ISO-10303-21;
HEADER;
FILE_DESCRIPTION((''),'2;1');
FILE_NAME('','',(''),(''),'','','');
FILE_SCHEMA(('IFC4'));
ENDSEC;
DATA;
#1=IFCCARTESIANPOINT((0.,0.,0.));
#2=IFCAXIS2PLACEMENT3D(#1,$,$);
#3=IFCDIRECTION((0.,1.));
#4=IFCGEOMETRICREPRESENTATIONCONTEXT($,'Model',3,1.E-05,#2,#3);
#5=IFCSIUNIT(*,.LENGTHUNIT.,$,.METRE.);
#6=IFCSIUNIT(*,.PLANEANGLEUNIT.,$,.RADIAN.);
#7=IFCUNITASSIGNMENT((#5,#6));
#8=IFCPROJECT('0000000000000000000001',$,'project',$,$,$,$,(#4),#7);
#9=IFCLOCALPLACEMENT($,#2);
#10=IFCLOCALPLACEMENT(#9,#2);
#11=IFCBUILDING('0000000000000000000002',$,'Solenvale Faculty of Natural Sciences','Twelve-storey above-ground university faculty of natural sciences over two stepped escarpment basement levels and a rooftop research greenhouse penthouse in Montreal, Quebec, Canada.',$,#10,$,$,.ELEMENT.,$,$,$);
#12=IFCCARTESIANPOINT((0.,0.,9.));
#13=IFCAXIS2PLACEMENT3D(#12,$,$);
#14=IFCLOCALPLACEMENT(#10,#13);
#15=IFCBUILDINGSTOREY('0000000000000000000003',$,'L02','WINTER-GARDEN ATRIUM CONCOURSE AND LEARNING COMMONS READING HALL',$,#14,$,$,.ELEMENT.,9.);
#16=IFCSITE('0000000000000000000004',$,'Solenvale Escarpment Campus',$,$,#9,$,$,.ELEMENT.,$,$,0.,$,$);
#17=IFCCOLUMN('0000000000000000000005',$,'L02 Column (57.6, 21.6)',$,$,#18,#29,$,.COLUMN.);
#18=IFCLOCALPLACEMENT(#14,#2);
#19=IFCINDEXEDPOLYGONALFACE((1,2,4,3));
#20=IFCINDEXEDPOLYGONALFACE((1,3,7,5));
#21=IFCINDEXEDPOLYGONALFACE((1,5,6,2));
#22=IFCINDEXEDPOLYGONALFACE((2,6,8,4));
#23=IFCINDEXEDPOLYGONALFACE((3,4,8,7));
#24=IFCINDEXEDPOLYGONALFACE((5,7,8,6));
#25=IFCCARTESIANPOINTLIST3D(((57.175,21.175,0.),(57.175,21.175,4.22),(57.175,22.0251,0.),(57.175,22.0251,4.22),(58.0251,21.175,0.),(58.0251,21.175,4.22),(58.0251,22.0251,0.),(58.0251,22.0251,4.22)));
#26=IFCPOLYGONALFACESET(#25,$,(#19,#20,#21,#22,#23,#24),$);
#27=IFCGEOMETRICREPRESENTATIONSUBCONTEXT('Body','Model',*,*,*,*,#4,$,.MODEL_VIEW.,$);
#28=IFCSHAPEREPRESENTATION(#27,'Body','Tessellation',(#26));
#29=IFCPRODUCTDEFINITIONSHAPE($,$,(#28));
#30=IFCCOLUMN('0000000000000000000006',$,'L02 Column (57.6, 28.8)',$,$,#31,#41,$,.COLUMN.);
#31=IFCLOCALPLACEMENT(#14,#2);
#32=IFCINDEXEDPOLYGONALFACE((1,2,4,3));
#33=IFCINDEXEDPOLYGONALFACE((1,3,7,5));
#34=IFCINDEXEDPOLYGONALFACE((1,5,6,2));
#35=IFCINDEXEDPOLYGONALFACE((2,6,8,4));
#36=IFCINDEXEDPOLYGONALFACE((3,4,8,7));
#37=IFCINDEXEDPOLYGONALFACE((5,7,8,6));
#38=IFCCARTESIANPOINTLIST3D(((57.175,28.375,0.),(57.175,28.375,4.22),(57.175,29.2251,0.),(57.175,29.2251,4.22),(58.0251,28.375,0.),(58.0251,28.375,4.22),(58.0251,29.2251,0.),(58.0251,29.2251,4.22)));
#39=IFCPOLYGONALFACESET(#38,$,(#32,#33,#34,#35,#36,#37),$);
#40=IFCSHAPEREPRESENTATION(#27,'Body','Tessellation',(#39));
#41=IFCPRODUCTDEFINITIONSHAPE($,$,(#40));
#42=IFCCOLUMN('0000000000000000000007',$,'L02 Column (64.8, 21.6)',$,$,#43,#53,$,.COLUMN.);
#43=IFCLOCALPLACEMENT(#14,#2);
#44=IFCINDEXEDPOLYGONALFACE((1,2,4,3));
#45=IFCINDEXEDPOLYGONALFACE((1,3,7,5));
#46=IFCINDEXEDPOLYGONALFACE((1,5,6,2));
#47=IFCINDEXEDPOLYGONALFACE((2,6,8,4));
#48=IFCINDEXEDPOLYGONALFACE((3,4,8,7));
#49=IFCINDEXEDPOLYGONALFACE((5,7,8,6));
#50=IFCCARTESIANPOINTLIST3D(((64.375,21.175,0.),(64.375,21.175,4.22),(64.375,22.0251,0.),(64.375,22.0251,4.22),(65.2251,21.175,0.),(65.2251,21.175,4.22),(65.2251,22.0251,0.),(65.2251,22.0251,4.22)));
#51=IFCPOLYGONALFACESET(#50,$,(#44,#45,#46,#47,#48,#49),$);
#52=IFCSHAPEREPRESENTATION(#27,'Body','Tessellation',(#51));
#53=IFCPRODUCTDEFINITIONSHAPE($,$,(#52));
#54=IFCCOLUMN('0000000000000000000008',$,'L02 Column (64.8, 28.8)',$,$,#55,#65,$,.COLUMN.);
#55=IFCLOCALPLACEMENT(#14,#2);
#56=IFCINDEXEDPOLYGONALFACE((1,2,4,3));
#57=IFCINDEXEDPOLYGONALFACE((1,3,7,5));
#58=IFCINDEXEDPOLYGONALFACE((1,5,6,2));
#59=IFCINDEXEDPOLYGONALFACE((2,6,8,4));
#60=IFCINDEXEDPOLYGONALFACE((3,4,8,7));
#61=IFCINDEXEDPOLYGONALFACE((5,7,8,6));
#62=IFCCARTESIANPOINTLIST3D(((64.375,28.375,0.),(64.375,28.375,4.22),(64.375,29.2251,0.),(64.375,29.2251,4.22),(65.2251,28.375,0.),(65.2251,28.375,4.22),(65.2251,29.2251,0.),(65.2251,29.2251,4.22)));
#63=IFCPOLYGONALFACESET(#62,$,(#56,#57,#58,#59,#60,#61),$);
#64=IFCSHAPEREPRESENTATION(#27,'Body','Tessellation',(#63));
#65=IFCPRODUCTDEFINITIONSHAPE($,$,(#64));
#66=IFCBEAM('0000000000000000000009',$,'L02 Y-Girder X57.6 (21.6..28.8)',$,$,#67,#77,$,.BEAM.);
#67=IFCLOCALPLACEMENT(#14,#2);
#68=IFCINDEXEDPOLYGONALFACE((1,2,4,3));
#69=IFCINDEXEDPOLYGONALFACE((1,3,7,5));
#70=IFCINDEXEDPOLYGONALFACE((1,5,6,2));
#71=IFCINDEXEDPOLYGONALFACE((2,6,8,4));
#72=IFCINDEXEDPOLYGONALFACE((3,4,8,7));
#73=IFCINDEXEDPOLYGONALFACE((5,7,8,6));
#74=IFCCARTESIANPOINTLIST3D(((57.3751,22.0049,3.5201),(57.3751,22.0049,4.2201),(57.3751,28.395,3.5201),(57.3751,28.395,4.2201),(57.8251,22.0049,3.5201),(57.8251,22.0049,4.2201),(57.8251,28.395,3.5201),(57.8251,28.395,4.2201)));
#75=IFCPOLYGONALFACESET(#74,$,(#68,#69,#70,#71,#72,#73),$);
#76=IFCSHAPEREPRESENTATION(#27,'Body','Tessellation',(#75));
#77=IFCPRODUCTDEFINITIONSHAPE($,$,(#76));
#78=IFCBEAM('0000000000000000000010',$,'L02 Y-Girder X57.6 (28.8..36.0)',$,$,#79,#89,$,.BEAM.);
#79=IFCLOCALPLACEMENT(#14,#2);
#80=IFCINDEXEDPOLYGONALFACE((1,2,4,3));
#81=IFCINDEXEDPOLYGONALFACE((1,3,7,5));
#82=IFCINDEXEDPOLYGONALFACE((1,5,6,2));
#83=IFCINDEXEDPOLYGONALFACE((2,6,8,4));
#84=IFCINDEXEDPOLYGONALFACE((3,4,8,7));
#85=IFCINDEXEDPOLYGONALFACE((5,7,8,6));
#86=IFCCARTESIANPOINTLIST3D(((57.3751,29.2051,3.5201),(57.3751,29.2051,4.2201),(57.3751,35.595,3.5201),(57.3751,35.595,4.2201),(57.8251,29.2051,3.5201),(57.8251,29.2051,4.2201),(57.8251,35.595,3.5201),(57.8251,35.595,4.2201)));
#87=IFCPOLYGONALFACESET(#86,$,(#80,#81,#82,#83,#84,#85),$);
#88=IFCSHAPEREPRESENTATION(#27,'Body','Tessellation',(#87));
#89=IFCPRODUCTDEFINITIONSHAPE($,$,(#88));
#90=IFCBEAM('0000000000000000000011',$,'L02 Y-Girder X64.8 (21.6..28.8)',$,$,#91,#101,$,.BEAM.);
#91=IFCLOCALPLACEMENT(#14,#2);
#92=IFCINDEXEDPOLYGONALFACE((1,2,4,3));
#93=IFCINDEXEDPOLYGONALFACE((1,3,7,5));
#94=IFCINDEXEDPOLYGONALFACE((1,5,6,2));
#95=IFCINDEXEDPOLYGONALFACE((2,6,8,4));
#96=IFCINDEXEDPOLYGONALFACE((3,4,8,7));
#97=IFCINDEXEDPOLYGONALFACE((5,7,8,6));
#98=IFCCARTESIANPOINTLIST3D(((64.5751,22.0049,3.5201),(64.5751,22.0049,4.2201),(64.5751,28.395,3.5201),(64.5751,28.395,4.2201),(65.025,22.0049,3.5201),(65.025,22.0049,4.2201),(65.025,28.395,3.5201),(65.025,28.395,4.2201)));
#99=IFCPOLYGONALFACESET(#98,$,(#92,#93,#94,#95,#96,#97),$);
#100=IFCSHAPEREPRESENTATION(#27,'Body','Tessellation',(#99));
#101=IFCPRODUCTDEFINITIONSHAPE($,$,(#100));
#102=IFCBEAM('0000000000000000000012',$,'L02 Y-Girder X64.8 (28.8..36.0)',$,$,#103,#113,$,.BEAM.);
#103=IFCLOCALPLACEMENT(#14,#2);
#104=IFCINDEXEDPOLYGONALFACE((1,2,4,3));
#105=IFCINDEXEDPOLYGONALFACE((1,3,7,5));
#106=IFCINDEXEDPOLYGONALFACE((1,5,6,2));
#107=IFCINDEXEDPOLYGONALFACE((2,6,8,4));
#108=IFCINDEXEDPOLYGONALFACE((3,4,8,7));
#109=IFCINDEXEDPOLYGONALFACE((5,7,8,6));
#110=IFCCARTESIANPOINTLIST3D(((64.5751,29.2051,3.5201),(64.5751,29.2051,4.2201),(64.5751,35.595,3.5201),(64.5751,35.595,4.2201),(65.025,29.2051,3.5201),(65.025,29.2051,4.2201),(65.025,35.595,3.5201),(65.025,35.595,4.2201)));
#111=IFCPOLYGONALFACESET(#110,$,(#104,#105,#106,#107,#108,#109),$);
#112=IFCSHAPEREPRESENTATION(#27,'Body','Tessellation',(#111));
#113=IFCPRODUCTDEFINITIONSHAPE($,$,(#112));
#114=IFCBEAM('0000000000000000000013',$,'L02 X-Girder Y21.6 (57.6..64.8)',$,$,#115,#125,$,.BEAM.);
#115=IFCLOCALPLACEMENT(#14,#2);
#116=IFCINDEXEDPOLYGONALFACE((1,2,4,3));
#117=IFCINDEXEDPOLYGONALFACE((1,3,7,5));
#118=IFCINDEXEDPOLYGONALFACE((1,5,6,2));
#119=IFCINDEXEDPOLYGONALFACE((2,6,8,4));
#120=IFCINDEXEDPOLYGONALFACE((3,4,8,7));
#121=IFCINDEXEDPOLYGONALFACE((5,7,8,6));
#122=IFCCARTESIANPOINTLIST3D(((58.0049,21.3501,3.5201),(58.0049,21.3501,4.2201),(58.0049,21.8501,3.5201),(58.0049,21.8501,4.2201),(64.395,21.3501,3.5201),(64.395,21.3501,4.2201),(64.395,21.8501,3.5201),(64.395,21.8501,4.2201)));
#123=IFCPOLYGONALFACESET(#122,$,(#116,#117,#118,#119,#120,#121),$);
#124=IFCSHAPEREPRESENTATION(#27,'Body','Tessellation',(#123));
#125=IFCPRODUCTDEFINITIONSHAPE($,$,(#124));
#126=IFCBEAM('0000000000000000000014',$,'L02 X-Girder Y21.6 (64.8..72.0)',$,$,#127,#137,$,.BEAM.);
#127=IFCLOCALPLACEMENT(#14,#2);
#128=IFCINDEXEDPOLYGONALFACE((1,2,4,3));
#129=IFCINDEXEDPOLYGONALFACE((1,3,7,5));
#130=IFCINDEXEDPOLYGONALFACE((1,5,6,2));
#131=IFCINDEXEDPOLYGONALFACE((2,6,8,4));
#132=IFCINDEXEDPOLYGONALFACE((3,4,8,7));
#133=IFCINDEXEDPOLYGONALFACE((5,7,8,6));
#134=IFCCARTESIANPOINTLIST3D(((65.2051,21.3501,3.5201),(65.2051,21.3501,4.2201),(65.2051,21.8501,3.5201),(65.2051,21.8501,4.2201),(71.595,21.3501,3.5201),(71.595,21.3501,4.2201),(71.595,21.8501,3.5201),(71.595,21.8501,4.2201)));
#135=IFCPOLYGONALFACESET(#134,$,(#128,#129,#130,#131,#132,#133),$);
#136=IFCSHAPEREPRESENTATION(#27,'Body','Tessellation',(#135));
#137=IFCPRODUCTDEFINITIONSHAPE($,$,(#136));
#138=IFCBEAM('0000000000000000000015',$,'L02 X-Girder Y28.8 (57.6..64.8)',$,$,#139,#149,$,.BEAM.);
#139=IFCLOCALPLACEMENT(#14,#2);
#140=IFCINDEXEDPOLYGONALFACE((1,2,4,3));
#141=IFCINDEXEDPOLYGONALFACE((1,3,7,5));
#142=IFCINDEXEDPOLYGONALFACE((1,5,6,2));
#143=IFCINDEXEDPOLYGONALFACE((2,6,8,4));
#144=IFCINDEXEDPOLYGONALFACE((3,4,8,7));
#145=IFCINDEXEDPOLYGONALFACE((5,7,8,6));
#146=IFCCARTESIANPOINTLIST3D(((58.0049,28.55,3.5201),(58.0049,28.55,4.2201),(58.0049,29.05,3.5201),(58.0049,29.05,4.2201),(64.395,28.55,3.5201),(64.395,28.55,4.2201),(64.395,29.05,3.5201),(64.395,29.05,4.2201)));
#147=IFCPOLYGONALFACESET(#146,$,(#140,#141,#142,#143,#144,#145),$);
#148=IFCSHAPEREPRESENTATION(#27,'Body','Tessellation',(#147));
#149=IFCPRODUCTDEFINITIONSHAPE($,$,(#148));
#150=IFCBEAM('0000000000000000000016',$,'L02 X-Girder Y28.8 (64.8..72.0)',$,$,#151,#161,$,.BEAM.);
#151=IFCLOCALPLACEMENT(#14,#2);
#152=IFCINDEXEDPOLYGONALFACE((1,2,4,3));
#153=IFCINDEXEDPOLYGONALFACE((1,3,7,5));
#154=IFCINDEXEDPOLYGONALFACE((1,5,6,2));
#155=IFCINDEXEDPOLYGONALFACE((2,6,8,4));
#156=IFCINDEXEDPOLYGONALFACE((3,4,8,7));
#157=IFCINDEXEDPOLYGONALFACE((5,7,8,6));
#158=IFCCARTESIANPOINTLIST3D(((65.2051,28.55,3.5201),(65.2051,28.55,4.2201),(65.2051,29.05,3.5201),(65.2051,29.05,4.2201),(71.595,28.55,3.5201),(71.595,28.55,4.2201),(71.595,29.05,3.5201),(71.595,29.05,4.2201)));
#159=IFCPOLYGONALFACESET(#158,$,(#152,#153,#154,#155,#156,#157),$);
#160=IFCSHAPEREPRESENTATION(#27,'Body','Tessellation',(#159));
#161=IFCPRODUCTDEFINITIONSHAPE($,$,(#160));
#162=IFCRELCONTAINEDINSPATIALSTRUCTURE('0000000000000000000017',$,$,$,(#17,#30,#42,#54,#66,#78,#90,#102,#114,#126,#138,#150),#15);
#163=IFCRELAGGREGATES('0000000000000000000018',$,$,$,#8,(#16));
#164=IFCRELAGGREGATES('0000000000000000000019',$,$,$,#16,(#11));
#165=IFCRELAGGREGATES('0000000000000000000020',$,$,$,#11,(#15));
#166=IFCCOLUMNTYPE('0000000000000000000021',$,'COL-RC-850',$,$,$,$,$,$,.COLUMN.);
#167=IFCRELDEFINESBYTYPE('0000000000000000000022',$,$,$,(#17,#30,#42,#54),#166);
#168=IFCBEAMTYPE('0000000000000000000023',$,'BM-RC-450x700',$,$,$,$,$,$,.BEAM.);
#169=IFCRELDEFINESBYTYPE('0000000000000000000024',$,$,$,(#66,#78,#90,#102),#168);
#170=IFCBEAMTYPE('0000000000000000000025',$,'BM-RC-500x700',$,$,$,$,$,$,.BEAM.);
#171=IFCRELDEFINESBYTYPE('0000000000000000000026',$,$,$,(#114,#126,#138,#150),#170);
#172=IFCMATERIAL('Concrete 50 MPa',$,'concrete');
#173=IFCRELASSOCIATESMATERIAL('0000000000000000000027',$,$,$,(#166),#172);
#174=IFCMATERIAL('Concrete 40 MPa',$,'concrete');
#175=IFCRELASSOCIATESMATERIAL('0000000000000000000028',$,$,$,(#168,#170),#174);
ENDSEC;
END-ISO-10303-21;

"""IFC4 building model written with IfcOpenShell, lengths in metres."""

from ifc_helpers import new_model, si_unit, direction, frame, origin, origin_2d, place, context, subcontext, project, spatial, rectangle, extrude, material, material_profile, profile_set, type_object, element, save


model = new_model("IFC4")

# Units and contexts
model_context = context("Model", 3, precision=1e-05, world=origin(), true_north=direction((0.0, 1.0)))
body_context = subcontext(model_context, "Body", "Model", "MODEL_VIEW")
ifc_project = project(units=[si_unit("LENGTHUNIT", "METRE"), si_unit("PLANEANGLEUNIT", "RADIAN")], contexts=[model_context])

# Site, building, storey
site_placement = place(None, origin())
site = spatial("IfcSite", under=ifc_project, at=site_placement, Name="Solenvale Escarpment Campus", CompositionType="ELEMENT", RefElevation=0.0)
building_placement = place(site_placement, origin())
building = spatial("IfcBuilding", under=site, at=building_placement, Name="Solenvale Faculty of Natural Sciences", Description="Twelve-storey above-ground university faculty of natural sciences over two stepped escarpment basement levels and a rooftop research greenhouse penthouse in Montreal, Quebec, Canada.", CompositionType="ELEMENT")
storey_placement = place(building_placement, frame((0.0, 0.0, 9.0)))
storey = spatial("IfcBuildingStorey", under=building, at=storey_placement, Name="L02", Description="WINTER-GARDEN ATRIUM CONCOURSE AND LEARNING COMMONS READING HALL", CompositionType="ELEMENT", Elevation=9.0)

# Columns
ifc_material_1 = material(Name="Concrete 50 MPa", Category="concrete")
ifc_material_profile_1 = material_profile(ifc_material_1, rectangle(XDim=0.8501, YDim=0.8501, at=origin_2d()), Name="RC-COL-850x850")
ifc_profile_set_1 = profile_set([ifc_material_profile_1], Name="Concrete 50 MPa")
column_type = type_object("IfcColumnType", Name="COL-RC-850", PredefinedType="COLUMN", material=ifc_profile_set_1)
for number, where, z_axis, x_axis, name in (
    (1, (57.6001, 21.6001, 0.0), (0.0, 0.0, 1.0), (1.0, 0.0, 0.0), "L02 Column (57.6, 21.6)"),
    (2, (57.6001, 28.8, 0.0), (0.0, 0.0, 1.0), (1.0, 0.0, 0.0), "L02 Column (57.6, 28.8)"),
    (3, (64.8, 21.6001, 0.0), (0.0, 0.0, 1.0), (1.0, 0.0, 0.0), "L02 Column (64.8, 21.6)"),
    (4, (64.8, 28.8, 0.0), (0.0, 0.0, 1.0), (1.0, 0.0, 0.0), "L02 Column (64.8, 28.8)"),
):
    element("IfcColumn", number, at=place(storey_placement, frame(where, z_axis=z_axis, x_axis=x_axis)), inside=storey, type_object=column_type, Name=name, PredefinedType="COLUMN", context=body_context, shape_type="SweptSolid", body=[
        extrude(rectangle(XDim=0.8501, YDim=0.8501, at=origin_2d()), origin(), (0.0, 0.0, 1.0), 4.22),
    ])

# Beams
ifc_material_2 = material(Name="Concrete 40 MPa", Category="concrete")
ifc_material_profile_2 = material_profile(ifc_material_2, rectangle(XDim=0.45, YDim=0.7, at=origin_2d()), Name="RC-BM-450x700")
ifc_profile_set_2 = profile_set([ifc_material_profile_2], Name="Concrete 40 MPa")
beam_type_1 = type_object("IfcBeamType", Name="BM-RC-450x700", PredefinedType="BEAM", material=ifc_profile_set_2)
beam_1_placement = place(storey_placement, frame((57.6001, 22.0049, 3.8701), z_axis=(0.0, 1.0, 0.0), x_axis=(-1.0, 0.0, 0.0)))
element("IfcBeam", 5, at=beam_1_placement, inside=storey, type_object=beam_type_1, Name="L02 Y-Girder X57.6 (21.6..28.8)", PredefinedType="BEAM", context=body_context, shape_type="SweptSolid", body=[
    extrude(rectangle(XDim=0.45, YDim=0.7, at=origin_2d()), origin(), (0.0, 0.0, 1.0), 6.3901),
])
beam_2_placement = place(storey_placement, frame((57.6001, 29.2051, 3.8701), z_axis=(0.0, 1.0, 0.0), x_axis=(-1.0, 0.0, 0.0)))
element("IfcBeam", 6, at=beam_2_placement, inside=storey, type_object=beam_type_1, Name="L02 Y-Girder X57.6 (28.8..36.0)", PredefinedType="BEAM", context=body_context, shape_type="SweptSolid", body=[
    extrude(rectangle(XDim=0.45, YDim=0.7, at=origin_2d()), origin(), (0.0, 0.0, 1.0), 6.3899),
])
beam_3_placement = place(storey_placement, frame((64.8, 22.0049, 3.8701), z_axis=(0.0, 1.0, 0.0), x_axis=(-1.0, 0.0, 0.0)))
element("IfcBeam", 7, at=beam_3_placement, inside=storey, type_object=beam_type_1, Name="L02 Y-Girder X64.8 (21.6..28.8)", PredefinedType="BEAM", context=body_context, shape_type="SweptSolid", body=[
    extrude(rectangle(XDim=0.45, YDim=0.7, at=origin_2d()), origin(), (0.0, 0.0, 1.0), 6.3901),
])
beam_4_placement = place(storey_placement, frame((64.8, 29.2051, 3.8701), z_axis=(0.0, 1.0, 0.0), x_axis=(-1.0, 0.0, 0.0)))
element("IfcBeam", 8, at=beam_4_placement, inside=storey, type_object=beam_type_1, Name="L02 Y-Girder X64.8 (28.8..36.0)", PredefinedType="BEAM", context=body_context, shape_type="SweptSolid", body=[
    extrude(rectangle(XDim=0.45, YDim=0.7, at=origin_2d()), origin(), (0.0, 0.0, 1.0), 6.3899),
])
ifc_material_profile_3 = material_profile(ifc_material_2, rectangle(XDim=0.5, YDim=0.7, at=origin_2d()), Name="RC-BM-500x700")
ifc_profile_set_3 = profile_set([ifc_material_profile_3], Name="Concrete 40 MPa")
beam_type_2 = type_object("IfcBeamType", Name="BM-RC-500x700", PredefinedType="BEAM", material=ifc_profile_set_3)
beam_5_placement = place(storey_placement, frame((58.0049, 21.6001, 3.8701), z_axis=(1.0, 0.0, 0.0), x_axis=(0.0, 1.0, 0.0)))
element("IfcBeam", 9, at=beam_5_placement, inside=storey, type_object=beam_type_2, Name="L02 X-Girder Y21.6 (57.6..64.8)", PredefinedType="BEAM", context=body_context, shape_type="SweptSolid", body=[
    extrude(rectangle(XDim=0.5, YDim=0.7, at=origin_2d()), origin(), (0.0, 0.0, 1.0), 6.3901),
])
beam_6_placement = place(storey_placement, frame((65.2051, 21.6001, 3.8701), z_axis=(1.0, 0.0, 0.0), x_axis=(0.0, 1.0, 0.0)))
element("IfcBeam", 10, at=beam_6_placement, inside=storey, type_object=beam_type_2, Name="L02 X-Girder Y21.6 (64.8..72.0)", PredefinedType="BEAM", context=body_context, shape_type="SweptSolid", body=[
    extrude(rectangle(XDim=0.5, YDim=0.7, at=origin_2d()), origin(), (0.0, 0.0, 1.0), 6.3899),
])
beam_7_placement = place(storey_placement, frame((58.0049, 28.8, 3.8701), z_axis=(1.0, 0.0, 0.0), x_axis=(0.0, 1.0, 0.0)))
element("IfcBeam", 11, at=beam_7_placement, inside=storey, type_object=beam_type_2, Name="L02 X-Girder Y28.8 (57.6..64.8)", PredefinedType="BEAM", context=body_context, shape_type="SweptSolid", body=[
    extrude(rectangle(XDim=0.5, YDim=0.7, at=origin_2d()), origin(), (0.0, 0.0, 1.0), 6.3901),
])
beam_8_placement = place(storey_placement, frame((65.2051, 28.8, 3.8701), z_axis=(1.0, 0.0, 0.0), x_axis=(0.0, 1.0, 0.0)))
element("IfcBeam", 12, at=beam_8_placement, inside=storey, type_object=beam_type_2, Name="L02 X-Girder Y28.8 (64.8..72.0)", PredefinedType="BEAM", context=body_context, shape_type="SweptSolid", body=[
    extrude(rectangle(XDim=0.5, YDim=0.7, at=origin_2d()), origin(), (0.0, 0.0, 1.0), 6.3899),
])

save(model, "model.ifc")
